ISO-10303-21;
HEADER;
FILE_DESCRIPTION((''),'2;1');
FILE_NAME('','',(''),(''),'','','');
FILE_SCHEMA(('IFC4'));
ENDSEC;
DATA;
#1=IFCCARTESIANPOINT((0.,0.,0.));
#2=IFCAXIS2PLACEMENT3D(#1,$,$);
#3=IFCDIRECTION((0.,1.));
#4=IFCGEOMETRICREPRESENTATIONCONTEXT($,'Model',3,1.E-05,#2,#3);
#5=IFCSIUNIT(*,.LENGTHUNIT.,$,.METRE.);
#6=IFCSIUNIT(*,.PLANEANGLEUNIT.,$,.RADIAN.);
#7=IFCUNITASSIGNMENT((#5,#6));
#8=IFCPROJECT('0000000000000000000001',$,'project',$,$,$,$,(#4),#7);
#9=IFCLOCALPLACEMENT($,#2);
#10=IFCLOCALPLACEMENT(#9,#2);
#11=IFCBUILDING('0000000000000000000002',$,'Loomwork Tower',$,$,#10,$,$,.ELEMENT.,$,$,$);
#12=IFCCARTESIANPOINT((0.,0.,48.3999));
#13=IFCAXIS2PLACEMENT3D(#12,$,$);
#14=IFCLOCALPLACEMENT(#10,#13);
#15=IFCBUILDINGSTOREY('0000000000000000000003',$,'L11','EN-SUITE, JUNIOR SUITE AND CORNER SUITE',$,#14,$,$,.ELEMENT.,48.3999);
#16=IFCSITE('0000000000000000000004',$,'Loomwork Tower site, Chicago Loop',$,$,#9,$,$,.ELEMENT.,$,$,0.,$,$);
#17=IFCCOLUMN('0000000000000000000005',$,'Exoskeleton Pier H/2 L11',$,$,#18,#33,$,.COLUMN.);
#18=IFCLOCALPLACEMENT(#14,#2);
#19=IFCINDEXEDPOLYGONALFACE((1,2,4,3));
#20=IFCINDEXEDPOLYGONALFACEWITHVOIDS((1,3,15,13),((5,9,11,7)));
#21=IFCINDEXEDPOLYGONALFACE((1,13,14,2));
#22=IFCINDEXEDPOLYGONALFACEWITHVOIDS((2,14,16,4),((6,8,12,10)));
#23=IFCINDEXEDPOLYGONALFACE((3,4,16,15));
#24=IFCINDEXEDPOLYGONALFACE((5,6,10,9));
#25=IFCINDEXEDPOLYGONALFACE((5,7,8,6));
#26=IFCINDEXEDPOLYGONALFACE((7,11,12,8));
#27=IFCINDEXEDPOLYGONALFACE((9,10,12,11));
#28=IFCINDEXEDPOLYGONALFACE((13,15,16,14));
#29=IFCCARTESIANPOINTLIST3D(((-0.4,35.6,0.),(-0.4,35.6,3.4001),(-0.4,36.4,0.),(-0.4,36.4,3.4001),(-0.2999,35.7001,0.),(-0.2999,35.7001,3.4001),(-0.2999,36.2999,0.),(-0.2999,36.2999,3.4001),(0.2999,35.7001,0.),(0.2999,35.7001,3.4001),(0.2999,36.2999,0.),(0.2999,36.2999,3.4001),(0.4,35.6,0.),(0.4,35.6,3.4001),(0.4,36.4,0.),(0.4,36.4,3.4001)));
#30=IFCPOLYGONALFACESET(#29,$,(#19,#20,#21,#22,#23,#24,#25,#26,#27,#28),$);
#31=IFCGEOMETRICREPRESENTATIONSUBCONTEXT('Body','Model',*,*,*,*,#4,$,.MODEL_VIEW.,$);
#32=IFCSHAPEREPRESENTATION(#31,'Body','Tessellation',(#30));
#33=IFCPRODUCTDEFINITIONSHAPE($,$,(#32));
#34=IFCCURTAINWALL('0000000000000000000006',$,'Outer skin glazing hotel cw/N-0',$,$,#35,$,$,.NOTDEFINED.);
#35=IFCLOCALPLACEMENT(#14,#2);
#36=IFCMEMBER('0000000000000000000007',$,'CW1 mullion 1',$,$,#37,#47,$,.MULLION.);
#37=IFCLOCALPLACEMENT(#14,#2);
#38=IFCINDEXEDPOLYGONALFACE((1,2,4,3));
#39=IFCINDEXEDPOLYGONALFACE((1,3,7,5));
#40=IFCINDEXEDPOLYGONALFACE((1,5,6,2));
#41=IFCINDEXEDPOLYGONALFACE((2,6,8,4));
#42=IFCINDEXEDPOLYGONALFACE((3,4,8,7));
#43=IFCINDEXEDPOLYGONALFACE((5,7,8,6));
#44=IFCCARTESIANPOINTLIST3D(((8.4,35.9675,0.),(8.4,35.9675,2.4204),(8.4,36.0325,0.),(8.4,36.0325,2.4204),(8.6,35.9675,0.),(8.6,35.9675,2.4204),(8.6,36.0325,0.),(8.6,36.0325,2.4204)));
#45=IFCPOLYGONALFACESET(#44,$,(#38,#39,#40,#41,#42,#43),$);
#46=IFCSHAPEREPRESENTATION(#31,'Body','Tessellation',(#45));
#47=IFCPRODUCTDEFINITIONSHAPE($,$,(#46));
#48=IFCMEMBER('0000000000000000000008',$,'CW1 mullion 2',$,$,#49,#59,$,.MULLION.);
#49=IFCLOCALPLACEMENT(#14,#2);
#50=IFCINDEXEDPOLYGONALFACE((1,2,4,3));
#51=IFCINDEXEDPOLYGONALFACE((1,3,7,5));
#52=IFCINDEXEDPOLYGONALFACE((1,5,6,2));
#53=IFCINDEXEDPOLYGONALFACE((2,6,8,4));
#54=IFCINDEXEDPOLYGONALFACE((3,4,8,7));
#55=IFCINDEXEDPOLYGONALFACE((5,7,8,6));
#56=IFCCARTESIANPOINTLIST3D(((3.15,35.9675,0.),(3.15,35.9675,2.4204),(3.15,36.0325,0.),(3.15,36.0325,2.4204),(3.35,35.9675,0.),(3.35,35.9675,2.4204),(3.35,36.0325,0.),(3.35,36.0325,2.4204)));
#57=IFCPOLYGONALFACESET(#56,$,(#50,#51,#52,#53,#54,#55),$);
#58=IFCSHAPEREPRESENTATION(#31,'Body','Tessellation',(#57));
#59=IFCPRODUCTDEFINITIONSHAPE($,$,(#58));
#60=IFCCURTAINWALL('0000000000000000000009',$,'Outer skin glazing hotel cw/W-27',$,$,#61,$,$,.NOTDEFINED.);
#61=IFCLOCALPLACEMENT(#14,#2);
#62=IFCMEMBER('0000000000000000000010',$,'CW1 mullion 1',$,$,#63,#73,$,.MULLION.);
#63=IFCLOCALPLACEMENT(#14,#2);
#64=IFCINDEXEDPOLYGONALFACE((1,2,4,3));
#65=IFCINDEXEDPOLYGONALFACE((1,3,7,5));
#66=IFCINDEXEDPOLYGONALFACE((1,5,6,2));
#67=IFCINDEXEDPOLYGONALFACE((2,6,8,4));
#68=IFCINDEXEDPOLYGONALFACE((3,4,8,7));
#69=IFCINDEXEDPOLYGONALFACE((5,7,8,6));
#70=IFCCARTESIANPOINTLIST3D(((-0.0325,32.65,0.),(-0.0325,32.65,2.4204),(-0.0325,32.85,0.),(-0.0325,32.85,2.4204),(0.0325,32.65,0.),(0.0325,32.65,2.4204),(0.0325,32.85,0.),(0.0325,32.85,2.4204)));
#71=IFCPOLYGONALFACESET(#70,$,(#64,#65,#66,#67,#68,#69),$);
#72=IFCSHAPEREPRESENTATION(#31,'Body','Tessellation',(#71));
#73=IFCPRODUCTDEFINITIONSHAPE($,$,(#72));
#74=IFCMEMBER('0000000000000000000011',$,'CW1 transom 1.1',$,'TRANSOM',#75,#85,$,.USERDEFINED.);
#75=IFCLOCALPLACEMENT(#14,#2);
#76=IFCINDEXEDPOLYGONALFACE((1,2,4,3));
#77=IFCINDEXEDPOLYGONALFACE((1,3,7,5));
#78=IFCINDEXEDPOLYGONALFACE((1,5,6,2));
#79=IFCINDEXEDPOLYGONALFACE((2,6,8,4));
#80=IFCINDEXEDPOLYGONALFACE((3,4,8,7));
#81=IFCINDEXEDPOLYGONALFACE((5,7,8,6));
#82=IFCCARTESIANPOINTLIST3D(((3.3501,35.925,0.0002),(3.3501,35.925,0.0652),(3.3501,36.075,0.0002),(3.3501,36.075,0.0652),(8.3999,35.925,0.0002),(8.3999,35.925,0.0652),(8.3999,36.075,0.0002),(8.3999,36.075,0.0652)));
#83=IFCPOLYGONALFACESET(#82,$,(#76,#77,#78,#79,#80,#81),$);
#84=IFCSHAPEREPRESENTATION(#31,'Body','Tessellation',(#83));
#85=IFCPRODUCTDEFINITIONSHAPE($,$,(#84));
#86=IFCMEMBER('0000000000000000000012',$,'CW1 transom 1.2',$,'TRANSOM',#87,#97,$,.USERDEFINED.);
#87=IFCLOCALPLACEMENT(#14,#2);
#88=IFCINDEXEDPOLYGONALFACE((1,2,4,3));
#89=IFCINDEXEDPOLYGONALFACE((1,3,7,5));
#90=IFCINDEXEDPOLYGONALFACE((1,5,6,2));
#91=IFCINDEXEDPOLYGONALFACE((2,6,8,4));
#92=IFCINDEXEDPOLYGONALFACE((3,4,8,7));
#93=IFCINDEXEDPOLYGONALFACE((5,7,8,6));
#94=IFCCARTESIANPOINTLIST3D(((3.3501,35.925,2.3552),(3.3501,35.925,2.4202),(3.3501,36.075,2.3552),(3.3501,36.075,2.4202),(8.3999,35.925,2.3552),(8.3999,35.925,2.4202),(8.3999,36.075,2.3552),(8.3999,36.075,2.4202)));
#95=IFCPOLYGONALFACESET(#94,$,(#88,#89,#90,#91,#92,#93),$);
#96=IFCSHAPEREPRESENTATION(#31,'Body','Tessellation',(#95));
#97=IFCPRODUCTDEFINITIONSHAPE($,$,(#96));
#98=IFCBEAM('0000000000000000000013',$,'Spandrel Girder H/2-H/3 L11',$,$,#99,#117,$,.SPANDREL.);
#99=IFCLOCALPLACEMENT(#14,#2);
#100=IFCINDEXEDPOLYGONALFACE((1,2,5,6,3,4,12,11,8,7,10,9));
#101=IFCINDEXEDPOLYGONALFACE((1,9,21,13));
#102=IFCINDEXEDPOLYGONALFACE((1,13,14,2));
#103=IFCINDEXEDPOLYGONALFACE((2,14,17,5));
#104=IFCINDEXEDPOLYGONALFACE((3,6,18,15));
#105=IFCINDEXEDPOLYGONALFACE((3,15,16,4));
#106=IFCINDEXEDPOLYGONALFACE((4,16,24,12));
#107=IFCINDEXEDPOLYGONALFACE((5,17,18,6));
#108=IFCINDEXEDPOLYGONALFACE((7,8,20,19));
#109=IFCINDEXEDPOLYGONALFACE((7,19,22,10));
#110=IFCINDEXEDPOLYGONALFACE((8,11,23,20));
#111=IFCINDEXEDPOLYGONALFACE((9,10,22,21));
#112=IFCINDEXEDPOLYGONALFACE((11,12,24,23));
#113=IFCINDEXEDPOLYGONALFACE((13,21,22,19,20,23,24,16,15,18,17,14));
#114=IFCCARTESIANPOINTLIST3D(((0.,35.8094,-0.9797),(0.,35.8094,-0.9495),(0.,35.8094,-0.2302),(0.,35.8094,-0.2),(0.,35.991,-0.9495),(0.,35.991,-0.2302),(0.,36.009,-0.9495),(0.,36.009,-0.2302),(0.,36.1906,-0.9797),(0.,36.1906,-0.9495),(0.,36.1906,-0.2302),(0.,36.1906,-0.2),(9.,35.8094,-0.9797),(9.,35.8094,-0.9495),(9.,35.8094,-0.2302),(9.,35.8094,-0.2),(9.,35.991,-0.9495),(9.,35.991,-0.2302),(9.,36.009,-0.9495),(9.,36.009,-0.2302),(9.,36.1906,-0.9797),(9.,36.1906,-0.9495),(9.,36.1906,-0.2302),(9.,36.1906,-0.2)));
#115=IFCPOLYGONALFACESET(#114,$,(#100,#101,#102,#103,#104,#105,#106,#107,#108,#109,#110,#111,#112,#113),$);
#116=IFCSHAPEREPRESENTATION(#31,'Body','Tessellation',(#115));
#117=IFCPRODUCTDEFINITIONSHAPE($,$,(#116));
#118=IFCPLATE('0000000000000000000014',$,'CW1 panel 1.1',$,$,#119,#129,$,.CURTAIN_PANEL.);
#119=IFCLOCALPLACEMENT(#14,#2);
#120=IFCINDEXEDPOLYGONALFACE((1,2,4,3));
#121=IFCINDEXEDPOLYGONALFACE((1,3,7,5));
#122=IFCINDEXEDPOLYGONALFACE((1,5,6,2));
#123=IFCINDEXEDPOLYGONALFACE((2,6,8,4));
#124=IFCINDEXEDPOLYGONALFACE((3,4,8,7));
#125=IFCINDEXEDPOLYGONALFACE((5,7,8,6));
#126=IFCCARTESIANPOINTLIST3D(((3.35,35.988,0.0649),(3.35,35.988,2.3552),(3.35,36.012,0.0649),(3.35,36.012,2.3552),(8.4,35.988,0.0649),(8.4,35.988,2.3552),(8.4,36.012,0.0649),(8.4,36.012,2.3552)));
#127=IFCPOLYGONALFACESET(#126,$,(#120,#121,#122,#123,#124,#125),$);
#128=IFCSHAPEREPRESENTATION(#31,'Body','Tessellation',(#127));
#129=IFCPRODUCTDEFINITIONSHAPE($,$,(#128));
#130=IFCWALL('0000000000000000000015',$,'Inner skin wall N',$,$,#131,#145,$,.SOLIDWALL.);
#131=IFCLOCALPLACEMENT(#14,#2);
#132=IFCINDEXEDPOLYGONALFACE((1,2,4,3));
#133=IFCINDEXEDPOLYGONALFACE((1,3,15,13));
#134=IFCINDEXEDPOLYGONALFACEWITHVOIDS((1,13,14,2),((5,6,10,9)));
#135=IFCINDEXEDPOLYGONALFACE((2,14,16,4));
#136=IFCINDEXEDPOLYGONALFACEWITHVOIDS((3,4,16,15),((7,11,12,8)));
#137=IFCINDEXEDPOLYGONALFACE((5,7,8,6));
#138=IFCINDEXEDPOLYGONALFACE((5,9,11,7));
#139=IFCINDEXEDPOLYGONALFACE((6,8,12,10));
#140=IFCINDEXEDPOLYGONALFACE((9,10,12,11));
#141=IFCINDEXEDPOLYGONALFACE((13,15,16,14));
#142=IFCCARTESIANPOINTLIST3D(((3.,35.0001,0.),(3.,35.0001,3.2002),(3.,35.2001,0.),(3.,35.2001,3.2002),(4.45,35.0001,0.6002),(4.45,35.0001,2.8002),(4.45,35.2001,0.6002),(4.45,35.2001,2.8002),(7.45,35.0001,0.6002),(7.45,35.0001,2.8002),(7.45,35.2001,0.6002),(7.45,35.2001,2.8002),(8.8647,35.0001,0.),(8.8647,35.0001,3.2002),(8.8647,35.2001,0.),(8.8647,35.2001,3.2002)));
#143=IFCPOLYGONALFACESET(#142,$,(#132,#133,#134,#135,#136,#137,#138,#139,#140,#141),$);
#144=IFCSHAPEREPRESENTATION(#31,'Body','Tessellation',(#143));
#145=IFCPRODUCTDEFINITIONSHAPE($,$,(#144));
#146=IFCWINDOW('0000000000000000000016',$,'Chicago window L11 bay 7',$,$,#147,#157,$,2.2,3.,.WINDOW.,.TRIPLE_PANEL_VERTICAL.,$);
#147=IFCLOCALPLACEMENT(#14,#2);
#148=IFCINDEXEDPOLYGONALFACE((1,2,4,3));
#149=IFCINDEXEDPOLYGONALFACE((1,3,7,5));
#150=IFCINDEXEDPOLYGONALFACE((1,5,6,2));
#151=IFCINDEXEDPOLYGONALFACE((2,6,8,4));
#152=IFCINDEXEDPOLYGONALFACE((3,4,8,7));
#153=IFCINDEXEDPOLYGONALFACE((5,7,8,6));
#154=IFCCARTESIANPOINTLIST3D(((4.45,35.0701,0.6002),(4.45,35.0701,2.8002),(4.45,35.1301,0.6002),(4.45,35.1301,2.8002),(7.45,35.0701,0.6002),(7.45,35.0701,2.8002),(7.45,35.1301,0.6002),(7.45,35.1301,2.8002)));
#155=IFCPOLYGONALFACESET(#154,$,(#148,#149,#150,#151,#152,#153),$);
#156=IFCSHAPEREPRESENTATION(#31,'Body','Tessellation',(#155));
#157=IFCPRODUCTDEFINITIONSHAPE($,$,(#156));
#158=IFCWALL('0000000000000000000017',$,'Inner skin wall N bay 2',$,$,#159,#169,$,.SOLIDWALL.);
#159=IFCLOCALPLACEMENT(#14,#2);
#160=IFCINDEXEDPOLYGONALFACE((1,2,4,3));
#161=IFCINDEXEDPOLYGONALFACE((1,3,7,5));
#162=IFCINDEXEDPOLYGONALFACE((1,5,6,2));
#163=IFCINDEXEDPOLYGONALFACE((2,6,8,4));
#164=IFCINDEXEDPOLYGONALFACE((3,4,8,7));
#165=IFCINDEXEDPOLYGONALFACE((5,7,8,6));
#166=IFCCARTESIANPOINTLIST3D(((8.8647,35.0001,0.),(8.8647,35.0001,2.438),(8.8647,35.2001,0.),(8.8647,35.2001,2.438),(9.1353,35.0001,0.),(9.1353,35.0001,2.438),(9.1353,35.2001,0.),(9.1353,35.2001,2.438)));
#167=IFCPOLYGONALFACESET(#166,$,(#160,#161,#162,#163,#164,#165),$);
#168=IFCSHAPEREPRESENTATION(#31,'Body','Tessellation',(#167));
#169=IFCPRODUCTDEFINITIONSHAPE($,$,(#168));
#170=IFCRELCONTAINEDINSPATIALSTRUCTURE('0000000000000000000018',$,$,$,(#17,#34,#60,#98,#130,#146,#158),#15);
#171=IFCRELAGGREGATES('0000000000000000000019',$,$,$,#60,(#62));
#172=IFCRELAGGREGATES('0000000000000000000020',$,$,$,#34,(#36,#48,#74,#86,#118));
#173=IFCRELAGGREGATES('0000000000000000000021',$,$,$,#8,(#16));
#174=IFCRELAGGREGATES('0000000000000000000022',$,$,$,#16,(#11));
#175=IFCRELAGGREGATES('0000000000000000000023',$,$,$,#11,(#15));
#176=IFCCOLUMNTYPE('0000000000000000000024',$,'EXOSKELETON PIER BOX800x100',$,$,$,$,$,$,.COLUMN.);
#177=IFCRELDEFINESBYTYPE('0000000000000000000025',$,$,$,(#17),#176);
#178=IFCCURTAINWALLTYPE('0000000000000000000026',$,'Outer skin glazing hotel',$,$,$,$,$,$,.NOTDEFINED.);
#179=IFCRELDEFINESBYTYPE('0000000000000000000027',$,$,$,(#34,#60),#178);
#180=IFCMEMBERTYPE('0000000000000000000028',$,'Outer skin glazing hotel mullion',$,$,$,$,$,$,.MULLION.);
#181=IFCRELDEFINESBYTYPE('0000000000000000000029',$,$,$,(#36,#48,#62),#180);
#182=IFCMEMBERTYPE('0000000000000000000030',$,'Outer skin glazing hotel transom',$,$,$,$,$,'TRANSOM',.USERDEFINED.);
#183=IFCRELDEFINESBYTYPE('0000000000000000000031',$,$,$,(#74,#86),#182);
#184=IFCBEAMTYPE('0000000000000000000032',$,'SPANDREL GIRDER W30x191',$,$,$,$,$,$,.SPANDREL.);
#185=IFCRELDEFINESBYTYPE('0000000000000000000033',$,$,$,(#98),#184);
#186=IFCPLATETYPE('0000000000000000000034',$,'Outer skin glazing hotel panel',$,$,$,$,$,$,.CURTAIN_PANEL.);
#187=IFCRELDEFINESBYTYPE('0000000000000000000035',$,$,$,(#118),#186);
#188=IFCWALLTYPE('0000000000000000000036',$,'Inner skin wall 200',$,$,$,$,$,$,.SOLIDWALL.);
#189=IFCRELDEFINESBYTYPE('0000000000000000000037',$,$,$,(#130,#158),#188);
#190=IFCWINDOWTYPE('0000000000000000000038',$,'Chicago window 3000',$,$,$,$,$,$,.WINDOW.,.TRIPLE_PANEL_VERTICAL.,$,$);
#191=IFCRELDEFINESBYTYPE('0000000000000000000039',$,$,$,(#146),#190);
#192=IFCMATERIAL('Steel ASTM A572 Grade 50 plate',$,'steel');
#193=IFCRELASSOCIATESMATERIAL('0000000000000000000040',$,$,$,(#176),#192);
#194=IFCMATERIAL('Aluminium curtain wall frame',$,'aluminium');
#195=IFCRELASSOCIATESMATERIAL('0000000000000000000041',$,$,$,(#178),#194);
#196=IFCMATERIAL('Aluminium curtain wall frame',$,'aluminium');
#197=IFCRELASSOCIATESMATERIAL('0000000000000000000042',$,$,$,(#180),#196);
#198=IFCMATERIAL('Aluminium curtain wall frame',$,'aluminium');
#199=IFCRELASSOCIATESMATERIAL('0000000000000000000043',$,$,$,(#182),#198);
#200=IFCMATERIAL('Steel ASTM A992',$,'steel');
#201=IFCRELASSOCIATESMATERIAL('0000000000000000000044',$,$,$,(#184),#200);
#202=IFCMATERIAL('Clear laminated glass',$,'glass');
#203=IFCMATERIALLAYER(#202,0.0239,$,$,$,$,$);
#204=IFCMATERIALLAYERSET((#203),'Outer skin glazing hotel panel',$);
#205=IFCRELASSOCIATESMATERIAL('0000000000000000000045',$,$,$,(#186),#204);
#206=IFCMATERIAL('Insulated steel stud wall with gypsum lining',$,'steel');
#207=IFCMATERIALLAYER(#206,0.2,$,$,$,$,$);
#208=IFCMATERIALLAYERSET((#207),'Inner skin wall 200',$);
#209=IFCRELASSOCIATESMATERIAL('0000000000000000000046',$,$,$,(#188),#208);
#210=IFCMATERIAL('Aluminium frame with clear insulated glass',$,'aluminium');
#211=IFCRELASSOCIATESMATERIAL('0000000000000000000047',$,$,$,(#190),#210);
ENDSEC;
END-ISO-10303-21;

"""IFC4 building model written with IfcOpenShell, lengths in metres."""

from ifc_helpers import new_model, si_unit, direction, frame, frame_2d, origin, origin_2d, place, context, subcontext, project, spatial, rectangle, hollow_rectangle, i_section, extrude, material, layer, layer_set, material_profile, profile_set, type_object, element, fill, aggregate, save


model = new_model("IFC4")

# Units and contexts
model_context = context("Model", 3, precision=1e-05, world=origin(), true_north=direction((0.0, 1.0)))
body_context = subcontext(model_context, "Body", "Model", "MODEL_VIEW")
ifc_project = project(units=[si_unit("LENGTHUNIT", "METRE"), si_unit("PLANEANGLEUNIT", "RADIAN")], contexts=[model_context])

# Site, building, storey
site_placement = place(None, origin())
site = spatial("IfcSite", under=ifc_project, at=site_placement, Name="Loomwork Tower site, Chicago Loop", CompositionType="ELEMENT", RefElevation=0.0)
building_placement = place(site_placement, origin())
building = spatial("IfcBuilding", under=site, at=building_placement, Name="Loomwork Tower", CompositionType="ELEMENT")
storey_placement = place(building_placement, frame((0.0, 0.0, 48.3999)))
storey = spatial("IfcBuildingStorey", under=building, at=storey_placement, Name="L11", Description="EN-SUITE, JUNIOR SUITE AND CORNER SUITE", CompositionType="ELEMENT", Elevation=48.3999)

# Column
ifc_material_1 = material(Name="Steel ASTM A572 Grade 50 plate", Category="steel")
ifc_material_profile_1 = material_profile(ifc_material_1, hollow_rectangle(XDim=0.8, YDim=0.8, WallThickness=0.1001, at=origin_2d()), Name="BOX800x100")
ifc_profile_set_1 = profile_set([ifc_material_profile_1], Name="Steel ASTM A572 Grade 50 plate")
column_type = type_object("IfcColumnType", Name="EXOSKELETON PIER BOX800x100", PredefinedType="COLUMN", material=ifc_profile_set_1)
column_placement = place(storey_placement, frame((0.0, 36.0, 0.0), z_axis=(0.0, 0.0, 1.0), x_axis=(1.0, 0.0, 0.0)))
element("IfcColumn", 1, at=column_placement, inside=storey, type_object=column_type, Name="Exoskeleton Pier H/2 L11", PredefinedType="COLUMN", context=body_context, shape_type="SweptSolid", body=[
    extrude(hollow_rectangle(XDim=0.8, YDim=0.8, WallThickness=0.1001, at=origin_2d()), origin(), (0.0, 0.0, 1.0), 3.4001),
])

# Curtain wall, members
ifc_material_2 = material(Name="Aluminium curtain wall frame", Category="aluminium")
curtain_wall_type = type_object("IfcCurtainWallType", Name="Outer skin glazing hotel", PredefinedType="NOTDEFINED", material=ifc_material_2)
curtain_wall_1_placement = place(storey_placement, origin())
curtain_wall_1 = element("IfcCurtainWall", 2, at=curtain_wall_1_placement, inside=storey, type_object=curtain_wall_type, Name="Outer skin glazing hotel cw/N-0", PredefinedType="NOTDEFINED")
ifc_material_3 = material(Name="Aluminium curtain wall frame", Category="aluminium")
ifc_material_profile_2 = material_profile(ifc_material_3, rectangle(XDim=0.0649, YDim=0.2, at=origin_2d()), Name="AL 65x200")
ifc_profile_set_2 = profile_set([ifc_material_profile_2], Name="Aluminium curtain wall frame")
member_type_1 = type_object("IfcMemberType", Name="Outer skin glazing hotel mullion", PredefinedType="MULLION", material=ifc_profile_set_2)
member_1_placement = place(storey_placement, frame((8.5, 36.0, 0.0), z_axis=(0.0, 0.0, 1.0), x_axis=(0.0, -1.0, 0.0)))
member_1 = element("IfcMember", 3, at=member_1_placement, type_object=member_type_1, Name="CW1 mullion 1", PredefinedType="MULLION", context=body_context, shape_type="SweptSolid", body=[
    extrude(rectangle(XDim=0.0649, YDim=0.2, at=origin_2d()), origin(), (0.0, 0.0, 1.0), 2.4204),
])
member_2_placement = place(storey_placement, frame((3.25, 36.0, 0.0), z_axis=(0.0, 0.0, 1.0), x_axis=(0.0, -1.0, 0.0)))
member_2 = element("IfcMember", 4, at=member_2_placement, type_object=member_type_1, Name="CW1 mullion 2", PredefinedType="MULLION", context=body_context, shape_type="SweptSolid", body=[
    extrude(rectangle(XDim=0.0649, YDim=0.2, at=origin_2d()), origin(), (0.0, 0.0, 1.0), 2.4204),
])

# Curtain wall, member
curtain_wall_2_placement = place(storey_placement, origin())
curtain_wall_2 = element("IfcCurtainWall", 5, at=curtain_wall_2_placement, inside=storey, type_object=curtain_wall_type, Name="Outer skin glazing hotel cw/W-27", PredefinedType="NOTDEFINED")
member_3_placement = place(storey_placement, frame((0.0, 32.75, 0.0), z_axis=(0.0, 0.0, 1.0), x_axis=(1.0, 0.0, 0.0)))
member_3 = element("IfcMember", 6, at=member_3_placement, type_object=member_type_1, Name="CW1 mullion 1", PredefinedType="MULLION", context=body_context, shape_type="SweptSolid", body=[
    extrude(rectangle(XDim=0.0649, YDim=0.2, at=origin_2d()), origin(), (0.0, 0.0, 1.0), 2.4204),
])
aggregate(curtain_wall_2, [member_3])

# Members
ifc_material_4 = material(Name="Aluminium curtain wall frame", Category="aluminium")
ifc_material_profile_3 = material_profile(ifc_material_4, rectangle(XDim=0.1499, YDim=0.0649, at=origin_2d()), Name="AL 65x150")
ifc_profile_set_3 = profile_set([ifc_material_profile_3], Name="Aluminium curtain wall frame")
member_type_2 = type_object("IfcMemberType", Name="Outer skin glazing hotel transom", ElementType="TRANSOM", PredefinedType="USERDEFINED", material=ifc_profile_set_3)
member_4_placement = place(storey_placement, frame((8.3999, 36.0, 0.0327), z_axis=(-1.0, 0.0, 0.0), x_axis=(0.0, -1.0, 0.0)))
member_4 = element("IfcMember", 7, at=member_4_placement, type_object=member_type_2, Name="CW1 transom 1.1", ObjectType="TRANSOM", PredefinedType="USERDEFINED", context=body_context, shape_type="SweptSolid", body=[
    extrude(rectangle(XDim=0.1499, YDim=0.0649, at=origin_2d()), origin(), (0.0, 0.0, 1.0), 5.0498),
])
member_5_placement = place(storey_placement, frame((8.3999, 36.0, 2.3877), z_axis=(-1.0, 0.0, 0.0), x_axis=(0.0, -1.0, 0.0)))
member_5 = element("IfcMember", 8, at=member_5_placement, type_object=member_type_2, Name="CW1 transom 1.2", ObjectType="TRANSOM", PredefinedType="USERDEFINED", context=body_context, shape_type="SweptSolid", body=[
    extrude(rectangle(XDim=0.1499, YDim=0.0649, at=origin_2d()), origin(), (0.0, 0.0, 1.0), 5.0498),
])

# Beam
ifc_material_5 = material(Name="Steel ASTM A992", Category="steel")
ifc_material_profile_4 = material_profile(ifc_material_5, i_section(OverallWidth=0.3811, OverallDepth=0.7798, WebThickness=0.0181, FlangeThickness=0.0303, at=origin_2d()), Name="W30x191")
ifc_profile_set_4 = profile_set([ifc_material_profile_4], Name="Steel ASTM A992")
beam_type = type_object("IfcBeamType", Name="SPANDREL GIRDER W30x191", PredefinedType="SPANDREL", material=ifc_profile_set_4)
beam_placement = place(storey_placement, frame((0.0, 36.0, -0.5898), z_axis=(1.0, 0.0, 0.0), x_axis=(0.0, 1.0, 0.0)))
element("IfcBeam", 9, at=beam_placement, inside=storey, type_object=beam_type, Name="Spandrel Girder H/2-H/3 L11", PredefinedType="SPANDREL", context=body_context, shape_type="SweptSolid", body=[
    extrude(i_section(OverallWidth=0.3811, OverallDepth=0.7798, WebThickness=0.0181, FlangeThickness=0.0303, at=origin_2d()), origin(), (0.0, 0.0, 1.0), 9.0),
])

# Plate
ifc_material_6 = material(Name="Clear laminated glass", Category="glass")
ifc_layer_1 = layer(ifc_material_6, 0.0239)
ifc_layer_set_1 = layer_set([ifc_layer_1], Name="Outer skin glazing hotel panel")
plate_type = type_object("IfcPlateType", Name="Outer skin glazing hotel panel", PredefinedType="CURTAIN_PANEL", material=ifc_layer_set_1)
plate_placement = place(storey_placement, frame((5.875, 36.0, 0.0649), z_axis=(0.0, 0.0, 1.0), x_axis=(-1.0, 0.0, 0.0)))
plate = element("IfcPlate", 10, at=plate_placement, type_object=plate_type, Name="CW1 panel 1.1", PredefinedType="CURTAIN_PANEL", context=body_context, shape_type="SweptSolid", body=[
    extrude(rectangle(XDim=5.05, YDim=0.0239, at=origin_2d()), origin(), (0.0, 0.0, 1.0), 2.2903),
])
aggregate(curtain_wall_1, [member_1, member_2, member_4, member_5, plate])

# Wall, opening, window
ifc_material_7 = material(Name="Insulated steel stud wall with gypsum lining", Category="steel")
ifc_layer_2 = layer(ifc_material_7, 0.2)
ifc_layer_set_2 = layer_set([ifc_layer_2], Name="Inner skin wall 200")
wall_type_1 = type_object("IfcWallType", Name="Inner skin wall 200", PredefinedType="SOLIDWALL", material=ifc_layer_set_2)
wall_1_placement = place(storey_placement, frame((3.0, 35.1001, 0.0), z_axis=(0.0, 0.0, 1.0), x_axis=(1.0, 0.0, 0.0)))
wall_1 = element("IfcWall", 11, at=wall_1_placement, inside=storey, type_object=wall_type_1, Name="Inner skin wall N", PredefinedType="SOLIDWALL", context=body_context, shape_type="SweptSolid", body=[
    extrude(rectangle(XDim=5.8647, YDim=0.2, at=frame_2d((2.9324, 0.0))), origin(), (0.0, 0.0, 1.0), 3.2002),
])
opening_1_placement = place(wall_1_placement, frame((1.45, 0.0, 0.6001)))
opening_1 = element("IfcOpeningElement", 12, at=opening_1_placement, cuts=wall_1, PredefinedType="OPENING", context=body_context, shape_type="SweptSolid", body=[
    extrude(rectangle(XDim=3.0, YDim=2.2, at=frame_2d((1.5, 1.1001))), frame((0.0, 0.1099, 0.0), z_axis=(0.0, -1.0, 0.0), x_axis=(1.0, 0.0, 0.0)), (0.0, 0.0, 1.0), 0.22),
])
ifc_material_8 = material(Name="Aluminium frame with clear insulated glass", Category="aluminium")
window_type_1 = type_object("IfcWindowType", Name="Chicago window 3000", PartitioningType="TRIPLE_PANEL_VERTICAL", PredefinedType="WINDOW", material=ifc_material_8)
window_1_placement = place(opening_1_placement, origin())
window_1 = element("IfcWindow", 13, at=window_1_placement, inside=storey, type_object=window_type_1, Name="Chicago window L11 bay 7", OverallHeight=2.2, OverallWidth=3.0, PartitioningType="TRIPLE_PANEL_VERTICAL", PredefinedType="WINDOW", context=body_context, shape_type="SweptSolid", body=[
    extrude(rectangle(XDim=3.0, YDim=2.2, at=frame_2d((1.5, 1.1001))), frame((0.0, 0.03, 0.0), z_axis=(0.0, -1.0, 0.0), x_axis=(1.0, 0.0, 0.0)), (0.0, 0.0, 1.0), 0.0601),
])
fill(opening_1, window_1)

# Wall
wall_2_placement = place(storey_placement, frame((8.8647, 35.1001, 0.0), z_axis=(0.0, 0.0, 1.0), x_axis=(1.0, 0.0, 0.0)))
element("IfcWall", 14, at=wall_2_placement, inside=storey, type_object=wall_type_1, Name="Inner skin wall N bay 2", PredefinedType="SOLIDWALL", context=body_context, shape_type="SweptSolid", body=[
    extrude(rectangle(XDim=0.2705, YDim=0.2, at=frame_2d((0.1353, 0.0))), origin(), (0.0, 0.0, 1.0), 2.438),
])

save(model, "model.ifc")
